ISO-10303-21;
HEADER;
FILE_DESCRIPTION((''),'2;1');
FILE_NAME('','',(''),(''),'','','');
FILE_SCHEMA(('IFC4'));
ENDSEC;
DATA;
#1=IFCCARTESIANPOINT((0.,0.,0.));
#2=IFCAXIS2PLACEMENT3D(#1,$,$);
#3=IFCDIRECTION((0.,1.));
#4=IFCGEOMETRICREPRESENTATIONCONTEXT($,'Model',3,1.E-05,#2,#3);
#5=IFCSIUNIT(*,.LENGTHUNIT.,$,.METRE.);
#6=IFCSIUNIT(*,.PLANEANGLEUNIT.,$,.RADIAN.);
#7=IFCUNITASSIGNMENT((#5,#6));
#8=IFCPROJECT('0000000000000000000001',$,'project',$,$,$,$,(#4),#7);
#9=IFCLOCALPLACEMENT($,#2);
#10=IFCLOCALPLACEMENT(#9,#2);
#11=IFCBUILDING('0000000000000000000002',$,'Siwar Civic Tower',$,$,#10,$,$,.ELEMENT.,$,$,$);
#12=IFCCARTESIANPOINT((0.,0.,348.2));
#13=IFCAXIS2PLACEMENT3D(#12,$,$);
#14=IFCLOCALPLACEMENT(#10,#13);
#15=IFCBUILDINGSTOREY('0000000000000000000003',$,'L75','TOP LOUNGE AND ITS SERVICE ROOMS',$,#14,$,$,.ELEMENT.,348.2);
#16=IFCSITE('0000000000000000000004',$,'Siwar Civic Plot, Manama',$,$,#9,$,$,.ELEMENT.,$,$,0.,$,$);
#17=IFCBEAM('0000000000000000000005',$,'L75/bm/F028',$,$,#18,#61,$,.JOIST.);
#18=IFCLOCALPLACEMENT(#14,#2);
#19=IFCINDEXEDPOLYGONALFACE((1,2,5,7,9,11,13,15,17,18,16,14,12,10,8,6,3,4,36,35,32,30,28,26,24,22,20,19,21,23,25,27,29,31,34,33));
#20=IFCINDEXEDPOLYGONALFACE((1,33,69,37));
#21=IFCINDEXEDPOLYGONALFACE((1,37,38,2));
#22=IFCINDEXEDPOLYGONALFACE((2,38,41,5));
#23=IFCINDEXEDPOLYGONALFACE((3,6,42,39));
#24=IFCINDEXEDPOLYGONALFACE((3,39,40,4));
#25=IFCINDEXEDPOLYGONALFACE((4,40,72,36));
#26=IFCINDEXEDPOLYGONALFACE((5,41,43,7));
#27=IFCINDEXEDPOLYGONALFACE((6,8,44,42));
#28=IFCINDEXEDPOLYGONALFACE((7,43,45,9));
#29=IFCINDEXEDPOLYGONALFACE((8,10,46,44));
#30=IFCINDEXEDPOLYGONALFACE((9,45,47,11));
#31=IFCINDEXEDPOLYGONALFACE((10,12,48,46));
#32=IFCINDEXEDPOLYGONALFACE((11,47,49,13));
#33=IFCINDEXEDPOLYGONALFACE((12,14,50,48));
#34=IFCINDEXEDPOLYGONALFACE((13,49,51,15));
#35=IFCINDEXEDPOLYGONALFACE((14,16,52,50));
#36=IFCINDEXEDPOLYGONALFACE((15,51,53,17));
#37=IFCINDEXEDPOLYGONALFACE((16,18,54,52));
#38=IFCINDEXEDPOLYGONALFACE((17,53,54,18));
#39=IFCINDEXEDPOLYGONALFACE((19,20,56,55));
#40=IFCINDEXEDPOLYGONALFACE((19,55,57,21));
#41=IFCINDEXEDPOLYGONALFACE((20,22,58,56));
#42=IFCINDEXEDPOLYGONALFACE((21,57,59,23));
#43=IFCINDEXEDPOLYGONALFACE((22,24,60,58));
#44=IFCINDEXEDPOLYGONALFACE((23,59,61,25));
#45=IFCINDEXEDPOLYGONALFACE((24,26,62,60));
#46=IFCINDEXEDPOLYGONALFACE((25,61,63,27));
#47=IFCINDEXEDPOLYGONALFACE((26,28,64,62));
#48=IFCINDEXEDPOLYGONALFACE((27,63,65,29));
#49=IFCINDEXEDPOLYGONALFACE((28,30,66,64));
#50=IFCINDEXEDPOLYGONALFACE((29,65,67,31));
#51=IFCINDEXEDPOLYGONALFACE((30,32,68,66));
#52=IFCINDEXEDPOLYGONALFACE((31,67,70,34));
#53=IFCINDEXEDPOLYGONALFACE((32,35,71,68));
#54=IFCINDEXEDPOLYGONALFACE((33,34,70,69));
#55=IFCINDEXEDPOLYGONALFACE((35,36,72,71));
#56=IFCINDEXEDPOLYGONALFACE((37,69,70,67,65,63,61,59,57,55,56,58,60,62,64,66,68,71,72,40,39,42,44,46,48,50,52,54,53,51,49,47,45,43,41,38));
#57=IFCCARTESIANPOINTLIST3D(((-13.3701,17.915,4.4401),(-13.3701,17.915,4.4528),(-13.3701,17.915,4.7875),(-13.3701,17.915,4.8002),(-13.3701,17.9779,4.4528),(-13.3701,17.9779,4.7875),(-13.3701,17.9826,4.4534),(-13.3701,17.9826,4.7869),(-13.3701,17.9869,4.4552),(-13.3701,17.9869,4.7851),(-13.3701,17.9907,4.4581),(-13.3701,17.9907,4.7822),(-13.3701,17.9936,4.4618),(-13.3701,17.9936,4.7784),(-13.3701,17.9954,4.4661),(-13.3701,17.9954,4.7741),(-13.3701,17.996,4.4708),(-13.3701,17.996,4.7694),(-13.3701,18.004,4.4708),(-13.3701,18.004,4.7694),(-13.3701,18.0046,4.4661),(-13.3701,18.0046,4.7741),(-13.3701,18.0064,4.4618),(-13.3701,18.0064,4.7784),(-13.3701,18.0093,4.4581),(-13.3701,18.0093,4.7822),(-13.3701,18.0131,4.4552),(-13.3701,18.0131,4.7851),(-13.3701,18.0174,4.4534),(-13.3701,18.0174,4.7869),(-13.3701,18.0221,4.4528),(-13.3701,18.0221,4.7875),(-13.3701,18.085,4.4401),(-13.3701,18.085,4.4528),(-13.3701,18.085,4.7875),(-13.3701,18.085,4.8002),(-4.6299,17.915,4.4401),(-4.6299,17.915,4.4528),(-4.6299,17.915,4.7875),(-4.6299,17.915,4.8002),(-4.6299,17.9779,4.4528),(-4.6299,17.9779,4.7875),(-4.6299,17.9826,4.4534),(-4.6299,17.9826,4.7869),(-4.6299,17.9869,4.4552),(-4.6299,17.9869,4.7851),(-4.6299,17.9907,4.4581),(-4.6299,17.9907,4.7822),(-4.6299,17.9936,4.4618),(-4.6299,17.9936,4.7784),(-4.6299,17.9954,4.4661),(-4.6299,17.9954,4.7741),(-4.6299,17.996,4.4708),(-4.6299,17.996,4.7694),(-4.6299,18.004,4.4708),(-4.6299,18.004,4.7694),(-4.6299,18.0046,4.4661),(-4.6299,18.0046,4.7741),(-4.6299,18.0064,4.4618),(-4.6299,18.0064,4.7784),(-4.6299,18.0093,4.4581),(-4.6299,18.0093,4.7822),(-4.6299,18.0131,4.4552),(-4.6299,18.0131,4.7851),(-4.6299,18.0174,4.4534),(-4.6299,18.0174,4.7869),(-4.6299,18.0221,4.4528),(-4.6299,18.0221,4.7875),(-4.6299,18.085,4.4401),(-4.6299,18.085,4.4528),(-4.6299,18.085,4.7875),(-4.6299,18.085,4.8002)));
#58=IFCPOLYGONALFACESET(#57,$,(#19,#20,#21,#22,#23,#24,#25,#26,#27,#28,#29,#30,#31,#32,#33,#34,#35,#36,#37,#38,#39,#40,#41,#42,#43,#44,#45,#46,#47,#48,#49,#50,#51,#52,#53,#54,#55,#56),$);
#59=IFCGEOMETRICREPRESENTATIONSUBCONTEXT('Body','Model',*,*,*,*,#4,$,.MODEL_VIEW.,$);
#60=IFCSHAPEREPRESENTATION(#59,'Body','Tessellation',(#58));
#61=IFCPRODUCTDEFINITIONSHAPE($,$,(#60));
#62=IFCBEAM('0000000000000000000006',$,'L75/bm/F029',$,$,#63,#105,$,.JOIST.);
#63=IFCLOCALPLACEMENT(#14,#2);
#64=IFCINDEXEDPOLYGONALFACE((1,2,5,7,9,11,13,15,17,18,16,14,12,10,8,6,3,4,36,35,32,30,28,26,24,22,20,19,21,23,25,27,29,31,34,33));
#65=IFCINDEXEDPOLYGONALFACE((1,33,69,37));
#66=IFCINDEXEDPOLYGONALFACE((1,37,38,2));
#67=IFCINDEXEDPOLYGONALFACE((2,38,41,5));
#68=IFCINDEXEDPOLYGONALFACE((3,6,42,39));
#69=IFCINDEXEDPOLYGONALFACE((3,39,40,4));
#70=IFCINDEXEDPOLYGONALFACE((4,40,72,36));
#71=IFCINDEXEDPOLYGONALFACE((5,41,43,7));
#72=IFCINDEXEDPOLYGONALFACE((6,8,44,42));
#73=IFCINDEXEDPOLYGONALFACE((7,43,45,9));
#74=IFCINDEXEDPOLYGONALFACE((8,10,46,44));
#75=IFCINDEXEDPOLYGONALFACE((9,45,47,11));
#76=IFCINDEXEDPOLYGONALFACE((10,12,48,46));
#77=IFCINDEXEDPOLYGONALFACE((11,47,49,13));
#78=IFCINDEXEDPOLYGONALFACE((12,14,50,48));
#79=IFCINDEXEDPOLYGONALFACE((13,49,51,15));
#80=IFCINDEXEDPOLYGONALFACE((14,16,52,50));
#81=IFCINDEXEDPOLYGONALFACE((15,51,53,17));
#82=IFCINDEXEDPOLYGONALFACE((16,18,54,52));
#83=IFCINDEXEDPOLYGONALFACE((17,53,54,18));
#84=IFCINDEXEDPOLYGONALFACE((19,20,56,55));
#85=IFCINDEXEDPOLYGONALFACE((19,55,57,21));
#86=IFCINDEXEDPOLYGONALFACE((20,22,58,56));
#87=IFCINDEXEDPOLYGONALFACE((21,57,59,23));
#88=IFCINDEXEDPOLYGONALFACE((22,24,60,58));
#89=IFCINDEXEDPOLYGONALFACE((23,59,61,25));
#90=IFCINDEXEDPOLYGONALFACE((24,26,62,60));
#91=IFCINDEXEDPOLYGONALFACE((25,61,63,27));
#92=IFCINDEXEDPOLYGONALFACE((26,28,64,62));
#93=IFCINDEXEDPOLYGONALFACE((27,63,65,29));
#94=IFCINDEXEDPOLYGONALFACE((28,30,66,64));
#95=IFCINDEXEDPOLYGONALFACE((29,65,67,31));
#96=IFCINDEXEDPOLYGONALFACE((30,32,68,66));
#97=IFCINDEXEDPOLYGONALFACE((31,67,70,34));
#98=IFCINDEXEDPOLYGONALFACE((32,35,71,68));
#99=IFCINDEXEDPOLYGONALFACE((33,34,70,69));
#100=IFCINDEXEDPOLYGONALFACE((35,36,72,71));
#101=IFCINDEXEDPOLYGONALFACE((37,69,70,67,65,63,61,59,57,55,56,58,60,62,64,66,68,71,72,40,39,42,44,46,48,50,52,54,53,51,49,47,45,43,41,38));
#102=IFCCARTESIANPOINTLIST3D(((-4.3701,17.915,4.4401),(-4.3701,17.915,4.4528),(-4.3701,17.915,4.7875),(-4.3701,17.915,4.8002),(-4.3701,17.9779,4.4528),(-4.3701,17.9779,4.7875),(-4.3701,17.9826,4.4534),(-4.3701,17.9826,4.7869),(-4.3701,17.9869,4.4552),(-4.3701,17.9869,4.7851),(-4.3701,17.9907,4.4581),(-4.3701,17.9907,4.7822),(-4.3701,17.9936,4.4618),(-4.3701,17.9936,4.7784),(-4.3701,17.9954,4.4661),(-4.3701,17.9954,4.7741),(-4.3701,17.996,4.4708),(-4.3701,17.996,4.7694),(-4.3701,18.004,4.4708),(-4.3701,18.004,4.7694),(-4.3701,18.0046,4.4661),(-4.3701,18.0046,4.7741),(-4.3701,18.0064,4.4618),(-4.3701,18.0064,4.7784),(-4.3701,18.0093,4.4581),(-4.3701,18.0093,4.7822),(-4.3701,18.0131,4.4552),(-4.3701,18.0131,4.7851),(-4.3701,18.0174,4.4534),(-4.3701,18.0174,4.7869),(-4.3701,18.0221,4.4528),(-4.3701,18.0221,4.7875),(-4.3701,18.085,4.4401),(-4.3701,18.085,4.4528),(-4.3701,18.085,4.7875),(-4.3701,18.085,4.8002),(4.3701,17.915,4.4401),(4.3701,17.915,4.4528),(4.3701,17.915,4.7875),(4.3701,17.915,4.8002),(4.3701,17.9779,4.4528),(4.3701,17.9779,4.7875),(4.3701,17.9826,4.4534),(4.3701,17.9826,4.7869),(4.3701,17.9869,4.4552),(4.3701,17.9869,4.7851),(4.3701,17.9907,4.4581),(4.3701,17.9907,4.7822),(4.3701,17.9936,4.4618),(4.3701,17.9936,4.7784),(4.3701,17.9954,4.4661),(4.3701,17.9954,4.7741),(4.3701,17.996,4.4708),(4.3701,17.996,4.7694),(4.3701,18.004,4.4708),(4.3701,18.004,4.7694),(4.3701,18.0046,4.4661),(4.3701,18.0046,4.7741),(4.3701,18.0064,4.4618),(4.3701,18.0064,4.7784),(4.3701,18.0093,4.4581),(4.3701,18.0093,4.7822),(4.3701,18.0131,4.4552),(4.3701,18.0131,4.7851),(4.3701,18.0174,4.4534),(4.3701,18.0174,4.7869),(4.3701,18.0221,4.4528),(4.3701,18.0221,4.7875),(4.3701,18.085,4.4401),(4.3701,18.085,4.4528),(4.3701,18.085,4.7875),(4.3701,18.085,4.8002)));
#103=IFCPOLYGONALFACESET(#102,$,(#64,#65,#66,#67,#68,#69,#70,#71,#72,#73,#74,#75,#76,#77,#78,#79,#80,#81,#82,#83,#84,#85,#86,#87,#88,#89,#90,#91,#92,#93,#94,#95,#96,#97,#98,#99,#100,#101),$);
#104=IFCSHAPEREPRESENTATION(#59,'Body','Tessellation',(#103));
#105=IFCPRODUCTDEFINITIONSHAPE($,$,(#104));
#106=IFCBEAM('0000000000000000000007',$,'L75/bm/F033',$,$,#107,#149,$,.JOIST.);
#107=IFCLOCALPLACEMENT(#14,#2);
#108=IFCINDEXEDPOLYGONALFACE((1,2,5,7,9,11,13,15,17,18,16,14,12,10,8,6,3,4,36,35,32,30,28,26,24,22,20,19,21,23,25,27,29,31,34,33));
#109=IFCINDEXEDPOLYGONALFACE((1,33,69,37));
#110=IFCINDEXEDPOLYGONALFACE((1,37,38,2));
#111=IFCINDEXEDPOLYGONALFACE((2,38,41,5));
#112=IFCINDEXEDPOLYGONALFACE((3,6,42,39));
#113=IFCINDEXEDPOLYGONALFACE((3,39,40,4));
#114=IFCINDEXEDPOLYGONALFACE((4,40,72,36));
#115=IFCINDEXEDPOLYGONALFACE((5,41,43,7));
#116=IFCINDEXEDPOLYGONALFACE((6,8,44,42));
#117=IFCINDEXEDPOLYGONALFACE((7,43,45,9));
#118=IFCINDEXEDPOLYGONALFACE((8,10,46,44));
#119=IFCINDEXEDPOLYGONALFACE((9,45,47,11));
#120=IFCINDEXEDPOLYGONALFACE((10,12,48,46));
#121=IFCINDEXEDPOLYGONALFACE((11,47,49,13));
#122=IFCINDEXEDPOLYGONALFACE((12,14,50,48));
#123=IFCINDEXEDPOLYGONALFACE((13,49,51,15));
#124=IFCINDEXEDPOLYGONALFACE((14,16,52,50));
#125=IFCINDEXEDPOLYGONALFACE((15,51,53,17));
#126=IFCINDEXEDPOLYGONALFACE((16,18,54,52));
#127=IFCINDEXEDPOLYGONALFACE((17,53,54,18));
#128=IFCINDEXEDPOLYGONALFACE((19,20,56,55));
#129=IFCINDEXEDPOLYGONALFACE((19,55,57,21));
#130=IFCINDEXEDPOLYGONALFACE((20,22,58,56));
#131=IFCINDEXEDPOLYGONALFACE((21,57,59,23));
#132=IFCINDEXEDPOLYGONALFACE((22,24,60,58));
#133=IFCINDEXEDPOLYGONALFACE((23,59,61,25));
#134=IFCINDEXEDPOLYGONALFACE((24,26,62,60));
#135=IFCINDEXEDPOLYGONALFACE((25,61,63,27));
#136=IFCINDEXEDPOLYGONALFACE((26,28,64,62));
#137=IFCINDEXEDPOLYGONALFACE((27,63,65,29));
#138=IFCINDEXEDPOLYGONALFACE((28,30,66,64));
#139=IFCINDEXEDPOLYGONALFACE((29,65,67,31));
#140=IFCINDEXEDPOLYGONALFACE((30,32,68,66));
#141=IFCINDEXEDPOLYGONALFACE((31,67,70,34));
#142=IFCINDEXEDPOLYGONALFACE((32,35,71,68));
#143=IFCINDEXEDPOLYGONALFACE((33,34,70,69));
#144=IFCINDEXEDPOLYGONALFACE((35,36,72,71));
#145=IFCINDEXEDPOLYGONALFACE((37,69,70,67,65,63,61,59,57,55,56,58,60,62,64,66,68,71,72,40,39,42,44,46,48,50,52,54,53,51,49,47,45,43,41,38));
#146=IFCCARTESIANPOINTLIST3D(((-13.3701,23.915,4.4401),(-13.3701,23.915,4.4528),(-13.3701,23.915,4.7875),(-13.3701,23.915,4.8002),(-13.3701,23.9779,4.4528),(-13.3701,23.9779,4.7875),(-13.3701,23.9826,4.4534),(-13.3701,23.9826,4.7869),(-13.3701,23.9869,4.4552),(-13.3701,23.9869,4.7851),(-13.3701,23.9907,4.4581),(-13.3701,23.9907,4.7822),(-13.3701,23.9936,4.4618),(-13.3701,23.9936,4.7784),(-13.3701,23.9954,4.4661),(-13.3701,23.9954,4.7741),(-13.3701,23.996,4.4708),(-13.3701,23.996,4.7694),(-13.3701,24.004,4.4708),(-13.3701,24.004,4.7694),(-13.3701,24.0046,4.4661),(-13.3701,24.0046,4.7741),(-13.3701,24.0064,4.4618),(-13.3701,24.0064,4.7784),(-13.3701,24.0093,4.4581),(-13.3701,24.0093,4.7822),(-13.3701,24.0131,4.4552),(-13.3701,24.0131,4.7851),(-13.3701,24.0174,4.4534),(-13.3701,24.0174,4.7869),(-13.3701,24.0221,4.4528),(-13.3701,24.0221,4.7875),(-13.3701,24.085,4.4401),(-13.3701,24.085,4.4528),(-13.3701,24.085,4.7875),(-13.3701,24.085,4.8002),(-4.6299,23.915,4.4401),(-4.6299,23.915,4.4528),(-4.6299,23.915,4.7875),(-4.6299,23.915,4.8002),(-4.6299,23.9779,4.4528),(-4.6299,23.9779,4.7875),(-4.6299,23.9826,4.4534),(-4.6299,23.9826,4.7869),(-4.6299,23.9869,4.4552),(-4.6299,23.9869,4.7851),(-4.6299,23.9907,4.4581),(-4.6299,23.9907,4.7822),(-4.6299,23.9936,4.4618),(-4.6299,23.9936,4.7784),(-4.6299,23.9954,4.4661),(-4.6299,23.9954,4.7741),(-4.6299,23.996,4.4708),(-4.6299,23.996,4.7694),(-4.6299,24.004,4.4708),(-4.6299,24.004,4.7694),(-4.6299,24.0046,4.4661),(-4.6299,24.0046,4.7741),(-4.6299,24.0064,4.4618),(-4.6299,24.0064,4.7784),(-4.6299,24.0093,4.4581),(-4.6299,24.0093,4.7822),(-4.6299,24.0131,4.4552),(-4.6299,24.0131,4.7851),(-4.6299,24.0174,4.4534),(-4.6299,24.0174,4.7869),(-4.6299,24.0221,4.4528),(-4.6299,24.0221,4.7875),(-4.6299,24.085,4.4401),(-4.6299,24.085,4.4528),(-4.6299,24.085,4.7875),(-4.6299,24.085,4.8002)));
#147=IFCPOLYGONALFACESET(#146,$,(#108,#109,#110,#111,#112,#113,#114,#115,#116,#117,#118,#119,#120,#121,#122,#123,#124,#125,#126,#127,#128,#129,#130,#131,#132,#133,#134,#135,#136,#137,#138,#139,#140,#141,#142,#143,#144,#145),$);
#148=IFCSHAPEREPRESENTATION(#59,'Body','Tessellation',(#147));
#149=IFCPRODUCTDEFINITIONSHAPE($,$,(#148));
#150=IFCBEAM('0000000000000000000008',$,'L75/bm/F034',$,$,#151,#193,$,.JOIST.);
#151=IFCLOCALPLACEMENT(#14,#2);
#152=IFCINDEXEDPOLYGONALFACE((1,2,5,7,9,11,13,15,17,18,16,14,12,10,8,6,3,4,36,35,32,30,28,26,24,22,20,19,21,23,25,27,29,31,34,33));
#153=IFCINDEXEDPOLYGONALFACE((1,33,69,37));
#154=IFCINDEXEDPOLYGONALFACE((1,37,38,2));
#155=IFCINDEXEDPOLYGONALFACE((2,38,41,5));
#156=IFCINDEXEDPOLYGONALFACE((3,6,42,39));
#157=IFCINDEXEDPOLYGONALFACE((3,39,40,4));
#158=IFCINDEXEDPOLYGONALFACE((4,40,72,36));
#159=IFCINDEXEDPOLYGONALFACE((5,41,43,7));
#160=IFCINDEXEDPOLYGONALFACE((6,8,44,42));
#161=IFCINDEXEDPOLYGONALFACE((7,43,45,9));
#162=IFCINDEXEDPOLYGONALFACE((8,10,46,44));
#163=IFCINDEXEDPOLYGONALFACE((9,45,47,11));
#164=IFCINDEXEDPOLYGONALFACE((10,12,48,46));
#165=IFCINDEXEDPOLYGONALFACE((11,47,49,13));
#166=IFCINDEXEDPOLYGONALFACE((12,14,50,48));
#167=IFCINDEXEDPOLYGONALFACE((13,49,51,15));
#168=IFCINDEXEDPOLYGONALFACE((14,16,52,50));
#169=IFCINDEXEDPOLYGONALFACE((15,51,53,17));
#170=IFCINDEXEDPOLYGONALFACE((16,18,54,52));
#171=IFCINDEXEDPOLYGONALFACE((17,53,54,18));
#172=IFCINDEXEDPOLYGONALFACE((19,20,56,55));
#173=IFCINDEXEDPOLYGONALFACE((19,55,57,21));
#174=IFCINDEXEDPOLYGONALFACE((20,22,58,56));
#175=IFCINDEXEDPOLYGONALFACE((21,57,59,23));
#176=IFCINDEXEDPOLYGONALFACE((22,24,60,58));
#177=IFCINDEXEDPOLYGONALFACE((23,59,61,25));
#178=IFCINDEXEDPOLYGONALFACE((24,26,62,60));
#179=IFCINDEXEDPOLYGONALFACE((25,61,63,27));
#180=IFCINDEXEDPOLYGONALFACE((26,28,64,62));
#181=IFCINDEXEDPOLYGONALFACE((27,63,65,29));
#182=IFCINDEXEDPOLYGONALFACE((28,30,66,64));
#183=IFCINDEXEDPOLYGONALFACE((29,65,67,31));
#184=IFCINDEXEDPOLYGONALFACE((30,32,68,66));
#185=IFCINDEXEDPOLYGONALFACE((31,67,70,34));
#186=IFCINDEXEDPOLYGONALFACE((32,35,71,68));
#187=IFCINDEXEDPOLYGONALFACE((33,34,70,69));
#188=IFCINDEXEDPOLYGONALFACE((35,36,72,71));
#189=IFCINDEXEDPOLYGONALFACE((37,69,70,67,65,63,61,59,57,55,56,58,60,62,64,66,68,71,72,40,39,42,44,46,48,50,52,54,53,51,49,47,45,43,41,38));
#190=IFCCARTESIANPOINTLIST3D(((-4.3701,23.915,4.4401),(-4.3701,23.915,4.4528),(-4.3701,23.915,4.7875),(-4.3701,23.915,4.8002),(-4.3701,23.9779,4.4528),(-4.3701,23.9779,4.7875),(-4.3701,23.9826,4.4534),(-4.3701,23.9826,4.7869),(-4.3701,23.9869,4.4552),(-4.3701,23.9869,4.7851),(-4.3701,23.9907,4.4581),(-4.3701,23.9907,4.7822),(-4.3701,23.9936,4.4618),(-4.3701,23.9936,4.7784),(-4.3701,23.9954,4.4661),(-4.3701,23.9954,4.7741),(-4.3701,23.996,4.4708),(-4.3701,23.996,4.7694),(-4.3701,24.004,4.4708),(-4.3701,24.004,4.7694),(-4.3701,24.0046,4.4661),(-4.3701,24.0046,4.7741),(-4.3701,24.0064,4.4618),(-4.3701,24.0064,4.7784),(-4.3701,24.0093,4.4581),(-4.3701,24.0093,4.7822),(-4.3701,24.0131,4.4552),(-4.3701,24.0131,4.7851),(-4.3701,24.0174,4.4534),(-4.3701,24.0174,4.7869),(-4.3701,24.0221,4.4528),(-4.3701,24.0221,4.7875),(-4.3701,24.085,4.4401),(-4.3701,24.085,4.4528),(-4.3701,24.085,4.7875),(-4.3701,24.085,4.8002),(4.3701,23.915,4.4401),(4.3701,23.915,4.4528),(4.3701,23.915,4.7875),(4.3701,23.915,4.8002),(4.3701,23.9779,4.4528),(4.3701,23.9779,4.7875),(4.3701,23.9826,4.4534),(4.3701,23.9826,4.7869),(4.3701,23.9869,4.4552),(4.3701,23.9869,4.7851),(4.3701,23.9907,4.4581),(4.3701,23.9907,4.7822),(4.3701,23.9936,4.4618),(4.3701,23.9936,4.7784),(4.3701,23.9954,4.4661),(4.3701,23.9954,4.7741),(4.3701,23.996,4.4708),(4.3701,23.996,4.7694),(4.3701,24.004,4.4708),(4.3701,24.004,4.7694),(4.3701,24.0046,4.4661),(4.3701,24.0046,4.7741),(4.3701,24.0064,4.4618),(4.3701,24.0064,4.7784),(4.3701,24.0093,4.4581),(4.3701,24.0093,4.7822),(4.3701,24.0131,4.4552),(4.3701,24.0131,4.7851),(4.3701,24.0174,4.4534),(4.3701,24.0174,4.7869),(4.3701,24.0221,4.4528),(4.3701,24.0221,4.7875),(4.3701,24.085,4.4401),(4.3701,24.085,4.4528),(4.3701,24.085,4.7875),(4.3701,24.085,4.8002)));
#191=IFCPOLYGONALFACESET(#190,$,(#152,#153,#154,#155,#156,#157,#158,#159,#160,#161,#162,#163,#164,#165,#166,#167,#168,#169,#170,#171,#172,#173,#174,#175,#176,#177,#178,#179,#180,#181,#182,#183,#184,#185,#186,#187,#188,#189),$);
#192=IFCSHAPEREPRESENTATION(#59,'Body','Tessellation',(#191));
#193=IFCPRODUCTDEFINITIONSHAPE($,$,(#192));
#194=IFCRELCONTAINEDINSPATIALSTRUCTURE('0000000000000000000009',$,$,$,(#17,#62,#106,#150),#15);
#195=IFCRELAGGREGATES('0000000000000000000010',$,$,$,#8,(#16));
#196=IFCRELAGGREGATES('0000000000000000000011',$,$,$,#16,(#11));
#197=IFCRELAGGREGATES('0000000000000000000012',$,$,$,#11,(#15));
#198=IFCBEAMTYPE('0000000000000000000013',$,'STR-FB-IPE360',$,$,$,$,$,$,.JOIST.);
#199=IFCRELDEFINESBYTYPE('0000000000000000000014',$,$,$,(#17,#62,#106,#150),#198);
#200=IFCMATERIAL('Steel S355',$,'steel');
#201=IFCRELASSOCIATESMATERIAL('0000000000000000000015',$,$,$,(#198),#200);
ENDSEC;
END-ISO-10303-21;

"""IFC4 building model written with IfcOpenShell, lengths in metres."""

from ifc_helpers import new_model, si_unit, direction, frame, origin, origin_2d, place, context, subcontext, project, spatial, i_section, extrude, material, material_profile, profile_set, type_object, element, save


model = new_model("IFC4")

# Units and contexts
model_context = context("Model", 3, precision=1e-05, world=origin(), true_north=direction((0.0, 1.0)))
body_context = subcontext(model_context, "Body", "Model", "MODEL_VIEW")
ifc_project = project(units=[si_unit("LENGTHUNIT", "METRE"), si_unit("PLANEANGLEUNIT", "RADIAN")], contexts=[model_context])

# Site, building, storey
site_placement = place(None, origin())
site = spatial("IfcSite", under=ifc_project, at=site_placement, Name="Siwar Civic Plot, Manama", CompositionType="ELEMENT", RefElevation=0.0)
building_placement = place(site_placement, origin())
building = spatial("IfcBuilding", under=site, at=building_placement, Name="Siwar Civic Tower", CompositionType="ELEMENT")
storey_placement = place(building_placement, frame((0.0, 0.0, 348.2)))
storey = spatial("IfcBuildingStorey", under=building, at=storey_placement, Name="L75", Description="TOP LOUNGE AND ITS SERVICE ROOMS", CompositionType="ELEMENT", Elevation=348.2)

# Beams
ifc_material_1 = material(Name="Steel S355", Category="steel")
ifc_material_profile_1 = material_profile(ifc_material_1, i_section(OverallWidth=0.1699, OverallDepth=0.3601, WebThickness=0.0081, FlangeThickness=0.0127, FilletRadius=0.0181, at=origin_2d()), Name="IPE360")
ifc_profile_set_1 = profile_set([ifc_material_profile_1], Name="Steel S355")
beam_type_1 = type_object("IfcBeamType", Name="STR-FB-IPE360", PredefinedType="JOIST", material=ifc_profile_set_1)
for number, where, z_axis, x_axis, name in (
    (1, (-13.3701, 18.0, 4.6201), (1.0, 0.0, 0.0), (0.0, 1.0, 0.0), "L75/bm/F028"),
    (2, (-4.3701, 18.0, 4.6201), (1.0, 0.0, 0.0), (0.0, 1.0, 0.0), "L75/bm/F029"),
    (3, (-13.3701, 24.0, 4.6201), (1.0, 0.0, 0.0), (0.0, 1.0, 0.0), "L75/bm/F033"),
    (4, (-4.3701, 24.0, 4.6201), (1.0, 0.0, 0.0), (0.0, 1.0, 0.0), "L75/bm/F034"),
):
    element("IfcBeam", number, at=place(storey_placement, frame(where, z_axis=z_axis, x_axis=x_axis)), inside=storey, type_object=beam_type_1, Name=name, PredefinedType="JOIST", context=body_context, shape_type="SweptSolid", body=[
        extrude(i_section(OverallWidth=0.1699, OverallDepth=0.3601, WebThickness=0.0081, FlangeThickness=0.0127, FilletRadius=0.0181, at=origin_2d()), origin(), (0.0, 0.0, 1.0), 8.7402),
    ])

save(model, "model.ifc")
